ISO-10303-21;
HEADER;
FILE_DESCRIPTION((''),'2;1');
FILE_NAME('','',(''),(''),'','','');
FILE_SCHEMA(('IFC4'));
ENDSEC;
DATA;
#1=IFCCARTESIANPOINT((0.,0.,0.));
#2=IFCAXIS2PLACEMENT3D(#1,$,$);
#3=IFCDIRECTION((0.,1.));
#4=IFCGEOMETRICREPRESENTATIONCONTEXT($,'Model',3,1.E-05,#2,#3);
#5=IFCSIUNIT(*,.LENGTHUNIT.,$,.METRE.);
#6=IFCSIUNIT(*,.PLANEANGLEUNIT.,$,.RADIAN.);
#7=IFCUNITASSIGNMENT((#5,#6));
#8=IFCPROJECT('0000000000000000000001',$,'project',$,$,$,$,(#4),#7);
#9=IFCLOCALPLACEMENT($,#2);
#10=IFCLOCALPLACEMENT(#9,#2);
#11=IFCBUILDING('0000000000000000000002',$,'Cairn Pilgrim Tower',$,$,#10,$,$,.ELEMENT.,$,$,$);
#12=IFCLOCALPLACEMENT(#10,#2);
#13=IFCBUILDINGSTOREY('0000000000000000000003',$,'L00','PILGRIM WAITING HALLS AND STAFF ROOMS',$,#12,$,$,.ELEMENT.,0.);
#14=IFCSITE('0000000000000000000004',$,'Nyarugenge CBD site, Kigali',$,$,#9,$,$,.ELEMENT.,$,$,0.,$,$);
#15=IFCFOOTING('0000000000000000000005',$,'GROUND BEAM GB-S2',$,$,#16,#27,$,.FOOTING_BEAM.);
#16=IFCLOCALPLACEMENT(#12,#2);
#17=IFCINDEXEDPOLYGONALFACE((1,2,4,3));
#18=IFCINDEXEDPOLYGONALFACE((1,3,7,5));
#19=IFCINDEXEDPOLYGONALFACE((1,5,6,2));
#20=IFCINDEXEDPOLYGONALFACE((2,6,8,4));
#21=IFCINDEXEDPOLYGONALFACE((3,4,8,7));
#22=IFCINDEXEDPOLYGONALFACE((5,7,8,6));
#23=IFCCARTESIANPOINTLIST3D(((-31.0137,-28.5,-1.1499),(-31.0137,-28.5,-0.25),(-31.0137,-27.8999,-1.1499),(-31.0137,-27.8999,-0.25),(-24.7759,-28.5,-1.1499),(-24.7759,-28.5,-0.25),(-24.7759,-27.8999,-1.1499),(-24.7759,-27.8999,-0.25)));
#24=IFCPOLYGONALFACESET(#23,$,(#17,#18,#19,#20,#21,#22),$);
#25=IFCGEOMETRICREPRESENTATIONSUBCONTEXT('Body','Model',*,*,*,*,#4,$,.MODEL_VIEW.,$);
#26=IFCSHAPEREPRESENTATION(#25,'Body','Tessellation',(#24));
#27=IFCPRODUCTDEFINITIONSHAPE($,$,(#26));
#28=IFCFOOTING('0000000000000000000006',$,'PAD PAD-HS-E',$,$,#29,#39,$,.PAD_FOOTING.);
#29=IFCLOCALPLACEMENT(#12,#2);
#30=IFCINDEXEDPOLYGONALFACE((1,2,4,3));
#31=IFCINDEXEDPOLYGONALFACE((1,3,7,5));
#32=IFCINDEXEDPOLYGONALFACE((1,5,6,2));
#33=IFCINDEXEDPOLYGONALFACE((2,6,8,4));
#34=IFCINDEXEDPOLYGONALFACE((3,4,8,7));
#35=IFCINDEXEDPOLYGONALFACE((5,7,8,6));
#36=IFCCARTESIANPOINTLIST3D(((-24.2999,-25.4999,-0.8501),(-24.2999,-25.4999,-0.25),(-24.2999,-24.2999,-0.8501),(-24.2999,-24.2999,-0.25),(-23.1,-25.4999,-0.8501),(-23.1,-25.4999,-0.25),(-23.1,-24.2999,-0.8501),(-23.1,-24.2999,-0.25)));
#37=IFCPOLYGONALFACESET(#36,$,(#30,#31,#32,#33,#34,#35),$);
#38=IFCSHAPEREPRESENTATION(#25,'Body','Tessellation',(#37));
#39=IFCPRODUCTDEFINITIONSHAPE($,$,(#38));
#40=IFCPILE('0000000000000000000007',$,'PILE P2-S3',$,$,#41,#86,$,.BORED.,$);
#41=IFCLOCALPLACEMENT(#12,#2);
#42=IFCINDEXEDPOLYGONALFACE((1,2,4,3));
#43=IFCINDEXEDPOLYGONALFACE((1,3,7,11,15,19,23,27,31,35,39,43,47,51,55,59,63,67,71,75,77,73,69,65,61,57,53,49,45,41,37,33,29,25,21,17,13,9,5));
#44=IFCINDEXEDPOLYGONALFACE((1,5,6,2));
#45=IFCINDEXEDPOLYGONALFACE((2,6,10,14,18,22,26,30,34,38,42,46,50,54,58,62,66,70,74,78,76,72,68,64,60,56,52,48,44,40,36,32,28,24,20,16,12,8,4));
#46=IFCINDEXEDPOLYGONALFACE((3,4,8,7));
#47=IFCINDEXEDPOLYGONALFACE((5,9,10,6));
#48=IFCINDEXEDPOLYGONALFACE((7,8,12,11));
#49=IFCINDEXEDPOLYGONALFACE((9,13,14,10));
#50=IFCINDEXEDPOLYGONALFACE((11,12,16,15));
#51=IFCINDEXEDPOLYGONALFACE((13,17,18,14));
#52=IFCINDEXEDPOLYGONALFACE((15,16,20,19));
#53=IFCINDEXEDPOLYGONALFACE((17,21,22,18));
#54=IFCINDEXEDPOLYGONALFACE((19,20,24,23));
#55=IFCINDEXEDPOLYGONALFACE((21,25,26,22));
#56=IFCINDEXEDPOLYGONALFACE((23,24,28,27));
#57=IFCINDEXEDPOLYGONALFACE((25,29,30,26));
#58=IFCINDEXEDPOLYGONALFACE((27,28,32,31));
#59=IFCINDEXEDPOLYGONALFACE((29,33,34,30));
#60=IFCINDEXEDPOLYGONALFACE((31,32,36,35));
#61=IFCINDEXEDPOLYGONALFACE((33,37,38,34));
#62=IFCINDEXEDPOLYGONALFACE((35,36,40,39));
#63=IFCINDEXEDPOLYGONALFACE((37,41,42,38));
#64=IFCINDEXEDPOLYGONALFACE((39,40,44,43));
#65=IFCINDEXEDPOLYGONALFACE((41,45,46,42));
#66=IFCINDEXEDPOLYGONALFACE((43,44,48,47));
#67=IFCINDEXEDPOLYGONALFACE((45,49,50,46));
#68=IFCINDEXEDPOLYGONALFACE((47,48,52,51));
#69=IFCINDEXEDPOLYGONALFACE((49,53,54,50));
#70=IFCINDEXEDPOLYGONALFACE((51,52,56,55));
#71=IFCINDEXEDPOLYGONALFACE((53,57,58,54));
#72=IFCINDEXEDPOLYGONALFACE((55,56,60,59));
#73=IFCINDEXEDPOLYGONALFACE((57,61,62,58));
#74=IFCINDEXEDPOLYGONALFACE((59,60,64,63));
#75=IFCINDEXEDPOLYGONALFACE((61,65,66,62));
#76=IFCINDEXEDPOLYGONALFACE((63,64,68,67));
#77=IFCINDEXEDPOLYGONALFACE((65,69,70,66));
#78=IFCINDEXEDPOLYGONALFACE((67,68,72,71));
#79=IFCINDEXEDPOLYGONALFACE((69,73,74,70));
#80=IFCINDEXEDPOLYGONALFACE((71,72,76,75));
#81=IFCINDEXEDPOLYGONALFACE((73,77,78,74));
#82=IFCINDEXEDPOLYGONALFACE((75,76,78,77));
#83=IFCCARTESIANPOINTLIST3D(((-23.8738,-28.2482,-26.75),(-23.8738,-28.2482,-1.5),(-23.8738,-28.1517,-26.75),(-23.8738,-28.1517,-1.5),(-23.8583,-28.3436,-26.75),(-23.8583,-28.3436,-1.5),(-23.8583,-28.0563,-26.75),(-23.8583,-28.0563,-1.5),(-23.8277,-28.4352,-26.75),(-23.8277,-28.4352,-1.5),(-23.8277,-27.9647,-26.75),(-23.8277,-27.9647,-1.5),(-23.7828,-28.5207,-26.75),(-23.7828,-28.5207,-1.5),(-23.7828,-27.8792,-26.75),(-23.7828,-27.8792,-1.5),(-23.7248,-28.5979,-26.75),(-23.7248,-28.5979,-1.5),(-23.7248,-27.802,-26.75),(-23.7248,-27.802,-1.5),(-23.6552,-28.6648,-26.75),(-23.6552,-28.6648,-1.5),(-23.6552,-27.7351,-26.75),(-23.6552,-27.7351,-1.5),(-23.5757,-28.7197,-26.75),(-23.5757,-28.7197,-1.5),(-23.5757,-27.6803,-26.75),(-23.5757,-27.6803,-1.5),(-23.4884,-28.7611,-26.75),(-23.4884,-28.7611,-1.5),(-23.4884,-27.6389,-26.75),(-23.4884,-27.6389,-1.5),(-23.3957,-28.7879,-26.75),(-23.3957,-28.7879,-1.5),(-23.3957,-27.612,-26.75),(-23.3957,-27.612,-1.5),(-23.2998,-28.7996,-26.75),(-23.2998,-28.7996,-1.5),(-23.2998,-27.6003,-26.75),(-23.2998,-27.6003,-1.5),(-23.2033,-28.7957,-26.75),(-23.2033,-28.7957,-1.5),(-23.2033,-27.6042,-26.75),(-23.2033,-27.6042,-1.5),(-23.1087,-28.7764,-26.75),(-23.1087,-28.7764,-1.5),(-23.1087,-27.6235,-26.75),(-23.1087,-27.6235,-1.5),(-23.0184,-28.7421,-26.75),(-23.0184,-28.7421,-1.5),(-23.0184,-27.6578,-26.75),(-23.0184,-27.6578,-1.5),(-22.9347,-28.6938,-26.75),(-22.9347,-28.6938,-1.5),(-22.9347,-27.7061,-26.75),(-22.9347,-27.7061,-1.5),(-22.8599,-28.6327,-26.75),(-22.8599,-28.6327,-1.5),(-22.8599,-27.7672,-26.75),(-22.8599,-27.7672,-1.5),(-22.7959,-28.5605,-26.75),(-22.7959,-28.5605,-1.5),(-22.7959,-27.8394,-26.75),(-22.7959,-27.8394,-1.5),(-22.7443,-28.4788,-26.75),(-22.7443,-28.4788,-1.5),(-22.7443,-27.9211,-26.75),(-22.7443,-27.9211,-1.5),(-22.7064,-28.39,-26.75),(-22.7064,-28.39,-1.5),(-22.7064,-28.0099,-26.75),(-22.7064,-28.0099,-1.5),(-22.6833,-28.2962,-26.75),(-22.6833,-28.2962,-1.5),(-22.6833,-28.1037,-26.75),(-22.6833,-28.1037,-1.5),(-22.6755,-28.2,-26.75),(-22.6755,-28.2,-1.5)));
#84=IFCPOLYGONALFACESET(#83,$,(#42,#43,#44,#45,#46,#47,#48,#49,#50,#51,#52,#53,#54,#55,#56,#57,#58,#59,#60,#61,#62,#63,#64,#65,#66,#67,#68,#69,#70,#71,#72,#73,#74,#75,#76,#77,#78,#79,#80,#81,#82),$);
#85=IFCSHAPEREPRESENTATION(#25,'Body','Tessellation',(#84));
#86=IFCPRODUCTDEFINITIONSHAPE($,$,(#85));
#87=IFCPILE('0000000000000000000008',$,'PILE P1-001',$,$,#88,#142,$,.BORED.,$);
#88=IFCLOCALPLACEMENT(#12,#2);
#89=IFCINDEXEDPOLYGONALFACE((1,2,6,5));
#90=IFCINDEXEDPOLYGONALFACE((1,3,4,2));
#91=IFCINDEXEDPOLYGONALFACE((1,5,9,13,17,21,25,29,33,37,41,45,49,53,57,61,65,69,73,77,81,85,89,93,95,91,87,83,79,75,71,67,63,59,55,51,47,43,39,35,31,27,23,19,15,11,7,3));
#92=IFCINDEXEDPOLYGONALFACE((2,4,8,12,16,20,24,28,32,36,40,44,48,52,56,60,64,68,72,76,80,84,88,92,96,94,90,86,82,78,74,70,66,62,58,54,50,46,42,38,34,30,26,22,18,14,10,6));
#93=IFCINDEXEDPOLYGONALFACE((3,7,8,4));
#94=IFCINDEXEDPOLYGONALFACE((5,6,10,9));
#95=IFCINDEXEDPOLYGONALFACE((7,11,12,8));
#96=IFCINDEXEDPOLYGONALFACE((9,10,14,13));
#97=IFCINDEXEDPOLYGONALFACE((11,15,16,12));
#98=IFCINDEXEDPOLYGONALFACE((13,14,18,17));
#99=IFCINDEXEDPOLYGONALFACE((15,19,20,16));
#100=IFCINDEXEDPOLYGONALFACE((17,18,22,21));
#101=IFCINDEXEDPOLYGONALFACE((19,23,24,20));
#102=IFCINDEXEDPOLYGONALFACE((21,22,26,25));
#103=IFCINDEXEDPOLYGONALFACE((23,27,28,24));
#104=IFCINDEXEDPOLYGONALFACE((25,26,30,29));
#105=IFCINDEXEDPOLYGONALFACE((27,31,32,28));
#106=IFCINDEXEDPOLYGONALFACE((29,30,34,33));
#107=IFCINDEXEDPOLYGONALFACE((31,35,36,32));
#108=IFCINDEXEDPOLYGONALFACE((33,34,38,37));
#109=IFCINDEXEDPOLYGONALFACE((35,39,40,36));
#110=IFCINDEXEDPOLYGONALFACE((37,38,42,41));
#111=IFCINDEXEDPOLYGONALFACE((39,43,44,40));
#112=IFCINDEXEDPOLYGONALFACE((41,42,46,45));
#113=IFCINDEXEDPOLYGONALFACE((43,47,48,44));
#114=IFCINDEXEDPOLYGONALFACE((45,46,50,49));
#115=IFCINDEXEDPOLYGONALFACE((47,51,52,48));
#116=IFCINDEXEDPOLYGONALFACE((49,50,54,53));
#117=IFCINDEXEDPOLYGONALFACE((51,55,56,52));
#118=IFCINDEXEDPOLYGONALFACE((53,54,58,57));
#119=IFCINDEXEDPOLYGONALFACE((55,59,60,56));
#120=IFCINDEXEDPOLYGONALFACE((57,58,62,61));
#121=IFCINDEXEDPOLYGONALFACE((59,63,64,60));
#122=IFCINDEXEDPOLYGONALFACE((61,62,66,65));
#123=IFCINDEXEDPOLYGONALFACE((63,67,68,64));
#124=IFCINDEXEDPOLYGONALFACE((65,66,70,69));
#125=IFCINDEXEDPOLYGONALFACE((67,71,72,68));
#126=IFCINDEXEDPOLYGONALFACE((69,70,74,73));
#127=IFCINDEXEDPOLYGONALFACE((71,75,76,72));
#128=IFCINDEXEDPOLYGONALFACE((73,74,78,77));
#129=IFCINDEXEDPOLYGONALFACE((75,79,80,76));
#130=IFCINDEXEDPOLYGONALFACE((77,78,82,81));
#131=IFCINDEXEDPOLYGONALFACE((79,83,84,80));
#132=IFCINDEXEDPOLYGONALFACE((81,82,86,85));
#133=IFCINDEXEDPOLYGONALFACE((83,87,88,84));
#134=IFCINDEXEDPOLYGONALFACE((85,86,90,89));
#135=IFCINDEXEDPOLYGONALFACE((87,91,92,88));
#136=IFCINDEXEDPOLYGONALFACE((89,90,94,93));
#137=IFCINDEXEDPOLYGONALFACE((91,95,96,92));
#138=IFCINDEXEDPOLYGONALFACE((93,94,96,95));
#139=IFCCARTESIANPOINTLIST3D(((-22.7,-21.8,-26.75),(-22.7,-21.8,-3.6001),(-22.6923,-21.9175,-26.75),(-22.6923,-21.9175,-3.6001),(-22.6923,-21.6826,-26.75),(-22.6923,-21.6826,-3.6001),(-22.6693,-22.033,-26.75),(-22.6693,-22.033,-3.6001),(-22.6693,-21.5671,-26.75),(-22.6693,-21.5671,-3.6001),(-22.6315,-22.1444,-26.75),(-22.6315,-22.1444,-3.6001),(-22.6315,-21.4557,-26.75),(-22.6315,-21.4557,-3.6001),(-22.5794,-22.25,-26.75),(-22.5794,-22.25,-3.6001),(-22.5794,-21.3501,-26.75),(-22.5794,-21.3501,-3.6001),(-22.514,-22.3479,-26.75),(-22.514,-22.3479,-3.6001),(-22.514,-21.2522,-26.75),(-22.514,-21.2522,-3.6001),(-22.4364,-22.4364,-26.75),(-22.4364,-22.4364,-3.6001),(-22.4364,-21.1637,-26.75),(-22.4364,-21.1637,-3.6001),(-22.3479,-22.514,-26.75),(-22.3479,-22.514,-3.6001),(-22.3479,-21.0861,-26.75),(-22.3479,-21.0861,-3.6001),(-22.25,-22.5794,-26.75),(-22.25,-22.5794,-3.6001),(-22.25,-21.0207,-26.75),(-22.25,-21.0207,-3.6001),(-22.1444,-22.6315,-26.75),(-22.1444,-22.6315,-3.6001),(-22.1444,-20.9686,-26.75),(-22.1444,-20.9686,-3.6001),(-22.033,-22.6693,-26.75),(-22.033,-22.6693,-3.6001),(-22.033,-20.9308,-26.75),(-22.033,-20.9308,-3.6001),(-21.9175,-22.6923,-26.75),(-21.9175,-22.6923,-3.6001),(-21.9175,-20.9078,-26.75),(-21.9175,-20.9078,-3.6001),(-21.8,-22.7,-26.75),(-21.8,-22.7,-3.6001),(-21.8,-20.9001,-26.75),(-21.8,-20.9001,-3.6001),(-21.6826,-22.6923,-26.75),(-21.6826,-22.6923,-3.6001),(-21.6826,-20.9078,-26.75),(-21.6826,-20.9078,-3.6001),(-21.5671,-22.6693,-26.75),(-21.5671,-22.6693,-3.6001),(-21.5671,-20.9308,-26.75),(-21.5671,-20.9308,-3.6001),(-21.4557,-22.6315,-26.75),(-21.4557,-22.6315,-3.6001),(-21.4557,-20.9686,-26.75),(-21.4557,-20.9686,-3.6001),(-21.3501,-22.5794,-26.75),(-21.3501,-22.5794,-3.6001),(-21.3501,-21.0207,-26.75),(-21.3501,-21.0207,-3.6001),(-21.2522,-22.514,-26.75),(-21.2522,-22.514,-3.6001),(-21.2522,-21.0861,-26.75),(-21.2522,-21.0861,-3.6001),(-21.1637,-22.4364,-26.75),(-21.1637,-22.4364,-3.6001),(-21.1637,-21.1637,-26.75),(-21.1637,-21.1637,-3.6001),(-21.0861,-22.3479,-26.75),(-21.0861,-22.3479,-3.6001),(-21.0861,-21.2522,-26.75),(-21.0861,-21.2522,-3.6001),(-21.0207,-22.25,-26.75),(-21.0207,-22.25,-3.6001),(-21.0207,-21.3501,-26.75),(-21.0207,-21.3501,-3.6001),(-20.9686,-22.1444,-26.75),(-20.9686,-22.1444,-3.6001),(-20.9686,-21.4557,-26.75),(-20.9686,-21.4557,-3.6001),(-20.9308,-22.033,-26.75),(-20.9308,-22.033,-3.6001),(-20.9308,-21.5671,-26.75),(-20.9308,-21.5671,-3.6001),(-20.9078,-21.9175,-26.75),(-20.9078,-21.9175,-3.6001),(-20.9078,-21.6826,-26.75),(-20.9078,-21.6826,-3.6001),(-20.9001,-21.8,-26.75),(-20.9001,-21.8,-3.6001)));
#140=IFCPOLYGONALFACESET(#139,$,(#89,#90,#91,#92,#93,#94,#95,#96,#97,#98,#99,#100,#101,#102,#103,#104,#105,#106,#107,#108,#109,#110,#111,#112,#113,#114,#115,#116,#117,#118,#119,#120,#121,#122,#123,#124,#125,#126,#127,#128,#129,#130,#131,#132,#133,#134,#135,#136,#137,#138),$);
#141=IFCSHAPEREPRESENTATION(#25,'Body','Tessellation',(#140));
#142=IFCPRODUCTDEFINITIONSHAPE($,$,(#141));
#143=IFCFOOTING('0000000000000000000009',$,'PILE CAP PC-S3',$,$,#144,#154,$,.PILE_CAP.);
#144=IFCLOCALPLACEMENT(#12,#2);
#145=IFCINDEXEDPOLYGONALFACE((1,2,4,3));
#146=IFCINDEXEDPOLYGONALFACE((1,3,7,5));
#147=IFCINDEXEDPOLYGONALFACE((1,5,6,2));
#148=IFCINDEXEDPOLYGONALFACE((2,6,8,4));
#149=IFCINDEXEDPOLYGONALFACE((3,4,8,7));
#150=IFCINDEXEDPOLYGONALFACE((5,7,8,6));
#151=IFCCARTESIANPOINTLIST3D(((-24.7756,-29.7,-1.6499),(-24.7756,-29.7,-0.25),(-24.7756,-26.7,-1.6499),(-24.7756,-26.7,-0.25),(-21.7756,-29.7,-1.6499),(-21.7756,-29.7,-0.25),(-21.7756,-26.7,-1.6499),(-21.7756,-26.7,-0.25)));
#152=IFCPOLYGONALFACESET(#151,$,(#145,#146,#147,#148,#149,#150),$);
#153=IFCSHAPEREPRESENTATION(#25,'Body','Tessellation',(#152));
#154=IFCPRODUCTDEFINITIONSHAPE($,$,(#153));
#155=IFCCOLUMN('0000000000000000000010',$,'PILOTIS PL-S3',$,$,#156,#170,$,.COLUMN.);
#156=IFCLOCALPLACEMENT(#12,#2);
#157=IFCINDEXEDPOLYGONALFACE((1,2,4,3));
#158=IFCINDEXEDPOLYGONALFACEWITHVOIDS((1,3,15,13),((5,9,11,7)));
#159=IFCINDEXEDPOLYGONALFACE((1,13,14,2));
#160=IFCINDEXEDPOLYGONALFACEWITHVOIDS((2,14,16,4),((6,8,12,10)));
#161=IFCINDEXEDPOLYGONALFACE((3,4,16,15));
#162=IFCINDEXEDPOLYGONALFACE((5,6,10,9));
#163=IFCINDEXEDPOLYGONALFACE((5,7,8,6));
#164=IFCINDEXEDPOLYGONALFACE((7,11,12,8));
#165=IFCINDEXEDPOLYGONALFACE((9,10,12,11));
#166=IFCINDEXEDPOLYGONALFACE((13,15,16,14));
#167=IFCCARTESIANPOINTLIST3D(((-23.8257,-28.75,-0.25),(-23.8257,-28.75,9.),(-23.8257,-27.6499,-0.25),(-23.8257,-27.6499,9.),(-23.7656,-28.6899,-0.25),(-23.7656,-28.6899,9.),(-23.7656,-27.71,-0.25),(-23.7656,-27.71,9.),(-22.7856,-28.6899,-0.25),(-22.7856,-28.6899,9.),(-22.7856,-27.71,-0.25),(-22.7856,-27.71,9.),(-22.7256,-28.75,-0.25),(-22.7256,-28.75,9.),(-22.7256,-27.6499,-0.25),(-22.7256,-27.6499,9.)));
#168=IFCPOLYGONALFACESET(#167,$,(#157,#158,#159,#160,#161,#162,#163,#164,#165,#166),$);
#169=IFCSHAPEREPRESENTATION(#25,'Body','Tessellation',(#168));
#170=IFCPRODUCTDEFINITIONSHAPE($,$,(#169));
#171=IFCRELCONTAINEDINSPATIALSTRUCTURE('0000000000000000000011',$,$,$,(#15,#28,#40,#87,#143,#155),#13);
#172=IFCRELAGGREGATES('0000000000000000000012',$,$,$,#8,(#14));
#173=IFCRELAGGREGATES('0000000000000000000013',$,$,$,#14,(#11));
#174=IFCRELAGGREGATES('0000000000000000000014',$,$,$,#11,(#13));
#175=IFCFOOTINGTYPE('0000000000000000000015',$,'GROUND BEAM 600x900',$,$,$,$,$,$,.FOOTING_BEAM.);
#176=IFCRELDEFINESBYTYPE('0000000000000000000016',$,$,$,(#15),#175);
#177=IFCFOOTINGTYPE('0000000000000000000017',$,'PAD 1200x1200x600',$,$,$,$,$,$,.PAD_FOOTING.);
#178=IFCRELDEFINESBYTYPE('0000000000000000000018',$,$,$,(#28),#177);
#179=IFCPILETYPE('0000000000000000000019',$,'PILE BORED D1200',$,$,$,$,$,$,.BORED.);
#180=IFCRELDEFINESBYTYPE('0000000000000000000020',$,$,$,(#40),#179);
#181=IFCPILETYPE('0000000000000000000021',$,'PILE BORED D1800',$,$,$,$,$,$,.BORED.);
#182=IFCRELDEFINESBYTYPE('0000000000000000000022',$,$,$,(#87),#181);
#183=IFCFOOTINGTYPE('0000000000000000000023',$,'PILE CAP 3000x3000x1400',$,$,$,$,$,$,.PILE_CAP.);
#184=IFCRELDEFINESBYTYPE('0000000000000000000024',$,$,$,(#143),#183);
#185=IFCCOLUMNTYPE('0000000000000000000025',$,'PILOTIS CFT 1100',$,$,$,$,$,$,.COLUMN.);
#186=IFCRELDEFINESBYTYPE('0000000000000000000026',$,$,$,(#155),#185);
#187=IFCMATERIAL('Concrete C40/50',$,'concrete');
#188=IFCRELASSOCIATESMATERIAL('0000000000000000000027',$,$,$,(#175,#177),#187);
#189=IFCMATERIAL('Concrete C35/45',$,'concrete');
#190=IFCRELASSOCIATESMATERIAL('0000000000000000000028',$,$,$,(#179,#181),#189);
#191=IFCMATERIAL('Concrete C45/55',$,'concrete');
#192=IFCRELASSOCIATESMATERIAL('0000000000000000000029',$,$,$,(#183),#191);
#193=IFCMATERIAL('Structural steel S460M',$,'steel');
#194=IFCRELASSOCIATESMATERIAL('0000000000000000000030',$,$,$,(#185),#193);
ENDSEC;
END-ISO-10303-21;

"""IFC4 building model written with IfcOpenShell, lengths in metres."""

from ifc_helpers import new_model, si_unit, direction, frame, origin, origin_2d, place, context, subcontext, project, spatial, rectangle, hollow_rectangle, circle, extrude, material, material_profile, profile_set, type_object, element, save


model = new_model("IFC4")

# Units and contexts
model_context = context("Model", 3, precision=1e-05, world=origin(), true_north=direction((0.0, 1.0)))
body_context = subcontext(model_context, "Body", "Model", "MODEL_VIEW")
ifc_project = project(units=[si_unit("LENGTHUNIT", "METRE"), si_unit("PLANEANGLEUNIT", "RADIAN")], contexts=[model_context])

# Site, building, storey
site_placement = place(None, origin())
site = spatial("IfcSite", under=ifc_project, at=site_placement, Name="Nyarugenge CBD site, Kigali", CompositionType="ELEMENT", RefElevation=0.0)
building_placement = place(site_placement, origin())
building = spatial("IfcBuilding", under=site, at=building_placement, Name="Cairn Pilgrim Tower", CompositionType="ELEMENT")
storey_placement = place(building_placement, origin())
storey = spatial("IfcBuildingStorey", under=building, at=storey_placement, Name="L00", Description="PILGRIM WAITING HALLS AND STAFF ROOMS", CompositionType="ELEMENT", Elevation=0.0)

# Footings
ifc_material_1 = material(Name="Concrete C40/50", Category="concrete")
footing_type_1 = type_object("IfcFootingType", Name="GROUND BEAM 600x900", PredefinedType="FOOTING_BEAM", material=ifc_material_1)
footing_1_placement = place(storey_placement, frame((-27.8948, -28.2, -1.1499), z_axis=(0.0, 0.0, 1.0), x_axis=(1.0, 0.0, 0.0)))
element("IfcFooting", 1, at=footing_1_placement, inside=storey, type_object=footing_type_1, Name="GROUND BEAM GB-S2", PredefinedType="FOOTING_BEAM", context=body_context, shape_type="SweptSolid", body=[
    extrude(rectangle(XDim=6.2378, YDim=0.6001, at=origin_2d()), origin(), (0.0, 0.0, 1.0), 0.8999),
])
footing_type_2 = type_object("IfcFootingType", Name="PAD 1200x1200x600", PredefinedType="PAD_FOOTING", material=ifc_material_1)
footing_2_placement = place(storey_placement, frame((-23.7, -24.8999, -0.8501), z_axis=(0.0, 0.0, 1.0), x_axis=(1.0, 0.0, 0.0)))
element("IfcFooting", 2, at=footing_2_placement, inside=storey, type_object=footing_type_2, Name="PAD PAD-HS-E", PredefinedType="PAD_FOOTING", context=body_context, shape_type="SweptSolid", body=[
    extrude(rectangle(XDim=1.2, YDim=1.2, at=origin_2d()), origin(), (0.0, 0.0, 1.0), 0.6001),
])

# Piles
ifc_material_2 = material(Name="Concrete C35/45", Category="concrete")
ifc_material_profile_1 = material_profile(ifc_material_2, circle(Radius=0.6001, at=origin_2d()), Name="D1200")
ifc_profile_set_1 = profile_set([ifc_material_profile_1], Name="Concrete C35/45")
pile_type_1 = type_object("IfcPileType", Name="PILE BORED D1200", PredefinedType="BORED", material=ifc_profile_set_1)
pile_1_placement = place(storey_placement, frame((-23.2756, -28.2, -1.5), z_axis=(0.0, 0.0, -1.0), x_axis=(1.0, 0.0, 0.0)))
element("IfcPile", 3, at=pile_1_placement, inside=storey, type_object=pile_type_1, Name="PILE P2-S3", PredefinedType="BORED", context=body_context, shape_type="SweptSolid", body=[
    extrude(circle(Radius=0.6001, at=origin_2d()), origin(), (0.0, 0.0, 1.0), 25.25),
])
ifc_material_profile_2 = material_profile(ifc_material_2, circle(Radius=0.8999, at=origin_2d()), Name="D1800")
ifc_profile_set_2 = profile_set([ifc_material_profile_2], Name="Concrete C35/45")
pile_type_2 = type_object("IfcPileType", Name="PILE BORED D1800", PredefinedType="BORED", material=ifc_profile_set_2)
pile_2_placement = place(storey_placement, frame((-21.8, -21.8, -3.6001), z_axis=(0.0, 0.0, -1.0), x_axis=(1.0, 0.0, 0.0)))
element("IfcPile", 4, at=pile_2_placement, inside=storey, type_object=pile_type_2, Name="PILE P1-001", PredefinedType="BORED", context=body_context, shape_type="SweptSolid", body=[
    extrude(circle(Radius=0.8999, at=origin_2d()), origin(), (0.0, 0.0, 1.0), 23.1499),
])

# Footing
ifc_material_3 = material(Name="Concrete C45/55", Category="concrete")
footing_type_3 = type_object("IfcFootingType", Name="PILE CAP 3000x3000x1400", PredefinedType="PILE_CAP", material=ifc_material_3)
footing_3_placement = place(storey_placement, frame((-23.2756, -28.2, -1.6499), z_axis=(0.0, 0.0, 1.0), x_axis=(1.0, 0.0, 0.0)))
element("IfcFooting", 5, at=footing_3_placement, inside=storey, type_object=footing_type_3, Name="PILE CAP PC-S3", PredefinedType="PILE_CAP", context=body_context, shape_type="SweptSolid", body=[
    extrude(rectangle(XDim=3.0, YDim=3.0, at=origin_2d()), origin(), (0.0, 0.0, 1.0), 1.3999),
])

# Column
ifc_material_4 = material(Name="Structural steel S460M", Category="steel")
ifc_material_profile_3 = material_profile(ifc_material_4, hollow_rectangle(XDim=1.1001, YDim=1.1001, WallThickness=0.0601, at=origin_2d()), Name="BOX 1100x1100x60")
ifc_profile_set_3 = profile_set([ifc_material_profile_3], Name="Structural steel S460M")
column_type_1 = type_object("IfcColumnType", Name="PILOTIS CFT 1100", PredefinedType="COLUMN", material=ifc_profile_set_3)
column_1_placement = place(storey_placement, frame((-23.2756, -28.2, -0.25), z_axis=(0.0, 0.0, 1.0), x_axis=(1.0, 0.0, 0.0)))
element("IfcColumn", 6, at=column_1_placement, inside=storey, type_object=column_type_1, Name="PILOTIS PL-S3", PredefinedType="COLUMN", context=body_context, shape_type="SweptSolid", body=[
    extrude(hollow_rectangle(XDim=1.1001, YDim=1.1001, WallThickness=0.0601, at=origin_2d()), origin(), (0.0, 0.0, 1.0), 9.25),
])

save(model, "model.ifc")
